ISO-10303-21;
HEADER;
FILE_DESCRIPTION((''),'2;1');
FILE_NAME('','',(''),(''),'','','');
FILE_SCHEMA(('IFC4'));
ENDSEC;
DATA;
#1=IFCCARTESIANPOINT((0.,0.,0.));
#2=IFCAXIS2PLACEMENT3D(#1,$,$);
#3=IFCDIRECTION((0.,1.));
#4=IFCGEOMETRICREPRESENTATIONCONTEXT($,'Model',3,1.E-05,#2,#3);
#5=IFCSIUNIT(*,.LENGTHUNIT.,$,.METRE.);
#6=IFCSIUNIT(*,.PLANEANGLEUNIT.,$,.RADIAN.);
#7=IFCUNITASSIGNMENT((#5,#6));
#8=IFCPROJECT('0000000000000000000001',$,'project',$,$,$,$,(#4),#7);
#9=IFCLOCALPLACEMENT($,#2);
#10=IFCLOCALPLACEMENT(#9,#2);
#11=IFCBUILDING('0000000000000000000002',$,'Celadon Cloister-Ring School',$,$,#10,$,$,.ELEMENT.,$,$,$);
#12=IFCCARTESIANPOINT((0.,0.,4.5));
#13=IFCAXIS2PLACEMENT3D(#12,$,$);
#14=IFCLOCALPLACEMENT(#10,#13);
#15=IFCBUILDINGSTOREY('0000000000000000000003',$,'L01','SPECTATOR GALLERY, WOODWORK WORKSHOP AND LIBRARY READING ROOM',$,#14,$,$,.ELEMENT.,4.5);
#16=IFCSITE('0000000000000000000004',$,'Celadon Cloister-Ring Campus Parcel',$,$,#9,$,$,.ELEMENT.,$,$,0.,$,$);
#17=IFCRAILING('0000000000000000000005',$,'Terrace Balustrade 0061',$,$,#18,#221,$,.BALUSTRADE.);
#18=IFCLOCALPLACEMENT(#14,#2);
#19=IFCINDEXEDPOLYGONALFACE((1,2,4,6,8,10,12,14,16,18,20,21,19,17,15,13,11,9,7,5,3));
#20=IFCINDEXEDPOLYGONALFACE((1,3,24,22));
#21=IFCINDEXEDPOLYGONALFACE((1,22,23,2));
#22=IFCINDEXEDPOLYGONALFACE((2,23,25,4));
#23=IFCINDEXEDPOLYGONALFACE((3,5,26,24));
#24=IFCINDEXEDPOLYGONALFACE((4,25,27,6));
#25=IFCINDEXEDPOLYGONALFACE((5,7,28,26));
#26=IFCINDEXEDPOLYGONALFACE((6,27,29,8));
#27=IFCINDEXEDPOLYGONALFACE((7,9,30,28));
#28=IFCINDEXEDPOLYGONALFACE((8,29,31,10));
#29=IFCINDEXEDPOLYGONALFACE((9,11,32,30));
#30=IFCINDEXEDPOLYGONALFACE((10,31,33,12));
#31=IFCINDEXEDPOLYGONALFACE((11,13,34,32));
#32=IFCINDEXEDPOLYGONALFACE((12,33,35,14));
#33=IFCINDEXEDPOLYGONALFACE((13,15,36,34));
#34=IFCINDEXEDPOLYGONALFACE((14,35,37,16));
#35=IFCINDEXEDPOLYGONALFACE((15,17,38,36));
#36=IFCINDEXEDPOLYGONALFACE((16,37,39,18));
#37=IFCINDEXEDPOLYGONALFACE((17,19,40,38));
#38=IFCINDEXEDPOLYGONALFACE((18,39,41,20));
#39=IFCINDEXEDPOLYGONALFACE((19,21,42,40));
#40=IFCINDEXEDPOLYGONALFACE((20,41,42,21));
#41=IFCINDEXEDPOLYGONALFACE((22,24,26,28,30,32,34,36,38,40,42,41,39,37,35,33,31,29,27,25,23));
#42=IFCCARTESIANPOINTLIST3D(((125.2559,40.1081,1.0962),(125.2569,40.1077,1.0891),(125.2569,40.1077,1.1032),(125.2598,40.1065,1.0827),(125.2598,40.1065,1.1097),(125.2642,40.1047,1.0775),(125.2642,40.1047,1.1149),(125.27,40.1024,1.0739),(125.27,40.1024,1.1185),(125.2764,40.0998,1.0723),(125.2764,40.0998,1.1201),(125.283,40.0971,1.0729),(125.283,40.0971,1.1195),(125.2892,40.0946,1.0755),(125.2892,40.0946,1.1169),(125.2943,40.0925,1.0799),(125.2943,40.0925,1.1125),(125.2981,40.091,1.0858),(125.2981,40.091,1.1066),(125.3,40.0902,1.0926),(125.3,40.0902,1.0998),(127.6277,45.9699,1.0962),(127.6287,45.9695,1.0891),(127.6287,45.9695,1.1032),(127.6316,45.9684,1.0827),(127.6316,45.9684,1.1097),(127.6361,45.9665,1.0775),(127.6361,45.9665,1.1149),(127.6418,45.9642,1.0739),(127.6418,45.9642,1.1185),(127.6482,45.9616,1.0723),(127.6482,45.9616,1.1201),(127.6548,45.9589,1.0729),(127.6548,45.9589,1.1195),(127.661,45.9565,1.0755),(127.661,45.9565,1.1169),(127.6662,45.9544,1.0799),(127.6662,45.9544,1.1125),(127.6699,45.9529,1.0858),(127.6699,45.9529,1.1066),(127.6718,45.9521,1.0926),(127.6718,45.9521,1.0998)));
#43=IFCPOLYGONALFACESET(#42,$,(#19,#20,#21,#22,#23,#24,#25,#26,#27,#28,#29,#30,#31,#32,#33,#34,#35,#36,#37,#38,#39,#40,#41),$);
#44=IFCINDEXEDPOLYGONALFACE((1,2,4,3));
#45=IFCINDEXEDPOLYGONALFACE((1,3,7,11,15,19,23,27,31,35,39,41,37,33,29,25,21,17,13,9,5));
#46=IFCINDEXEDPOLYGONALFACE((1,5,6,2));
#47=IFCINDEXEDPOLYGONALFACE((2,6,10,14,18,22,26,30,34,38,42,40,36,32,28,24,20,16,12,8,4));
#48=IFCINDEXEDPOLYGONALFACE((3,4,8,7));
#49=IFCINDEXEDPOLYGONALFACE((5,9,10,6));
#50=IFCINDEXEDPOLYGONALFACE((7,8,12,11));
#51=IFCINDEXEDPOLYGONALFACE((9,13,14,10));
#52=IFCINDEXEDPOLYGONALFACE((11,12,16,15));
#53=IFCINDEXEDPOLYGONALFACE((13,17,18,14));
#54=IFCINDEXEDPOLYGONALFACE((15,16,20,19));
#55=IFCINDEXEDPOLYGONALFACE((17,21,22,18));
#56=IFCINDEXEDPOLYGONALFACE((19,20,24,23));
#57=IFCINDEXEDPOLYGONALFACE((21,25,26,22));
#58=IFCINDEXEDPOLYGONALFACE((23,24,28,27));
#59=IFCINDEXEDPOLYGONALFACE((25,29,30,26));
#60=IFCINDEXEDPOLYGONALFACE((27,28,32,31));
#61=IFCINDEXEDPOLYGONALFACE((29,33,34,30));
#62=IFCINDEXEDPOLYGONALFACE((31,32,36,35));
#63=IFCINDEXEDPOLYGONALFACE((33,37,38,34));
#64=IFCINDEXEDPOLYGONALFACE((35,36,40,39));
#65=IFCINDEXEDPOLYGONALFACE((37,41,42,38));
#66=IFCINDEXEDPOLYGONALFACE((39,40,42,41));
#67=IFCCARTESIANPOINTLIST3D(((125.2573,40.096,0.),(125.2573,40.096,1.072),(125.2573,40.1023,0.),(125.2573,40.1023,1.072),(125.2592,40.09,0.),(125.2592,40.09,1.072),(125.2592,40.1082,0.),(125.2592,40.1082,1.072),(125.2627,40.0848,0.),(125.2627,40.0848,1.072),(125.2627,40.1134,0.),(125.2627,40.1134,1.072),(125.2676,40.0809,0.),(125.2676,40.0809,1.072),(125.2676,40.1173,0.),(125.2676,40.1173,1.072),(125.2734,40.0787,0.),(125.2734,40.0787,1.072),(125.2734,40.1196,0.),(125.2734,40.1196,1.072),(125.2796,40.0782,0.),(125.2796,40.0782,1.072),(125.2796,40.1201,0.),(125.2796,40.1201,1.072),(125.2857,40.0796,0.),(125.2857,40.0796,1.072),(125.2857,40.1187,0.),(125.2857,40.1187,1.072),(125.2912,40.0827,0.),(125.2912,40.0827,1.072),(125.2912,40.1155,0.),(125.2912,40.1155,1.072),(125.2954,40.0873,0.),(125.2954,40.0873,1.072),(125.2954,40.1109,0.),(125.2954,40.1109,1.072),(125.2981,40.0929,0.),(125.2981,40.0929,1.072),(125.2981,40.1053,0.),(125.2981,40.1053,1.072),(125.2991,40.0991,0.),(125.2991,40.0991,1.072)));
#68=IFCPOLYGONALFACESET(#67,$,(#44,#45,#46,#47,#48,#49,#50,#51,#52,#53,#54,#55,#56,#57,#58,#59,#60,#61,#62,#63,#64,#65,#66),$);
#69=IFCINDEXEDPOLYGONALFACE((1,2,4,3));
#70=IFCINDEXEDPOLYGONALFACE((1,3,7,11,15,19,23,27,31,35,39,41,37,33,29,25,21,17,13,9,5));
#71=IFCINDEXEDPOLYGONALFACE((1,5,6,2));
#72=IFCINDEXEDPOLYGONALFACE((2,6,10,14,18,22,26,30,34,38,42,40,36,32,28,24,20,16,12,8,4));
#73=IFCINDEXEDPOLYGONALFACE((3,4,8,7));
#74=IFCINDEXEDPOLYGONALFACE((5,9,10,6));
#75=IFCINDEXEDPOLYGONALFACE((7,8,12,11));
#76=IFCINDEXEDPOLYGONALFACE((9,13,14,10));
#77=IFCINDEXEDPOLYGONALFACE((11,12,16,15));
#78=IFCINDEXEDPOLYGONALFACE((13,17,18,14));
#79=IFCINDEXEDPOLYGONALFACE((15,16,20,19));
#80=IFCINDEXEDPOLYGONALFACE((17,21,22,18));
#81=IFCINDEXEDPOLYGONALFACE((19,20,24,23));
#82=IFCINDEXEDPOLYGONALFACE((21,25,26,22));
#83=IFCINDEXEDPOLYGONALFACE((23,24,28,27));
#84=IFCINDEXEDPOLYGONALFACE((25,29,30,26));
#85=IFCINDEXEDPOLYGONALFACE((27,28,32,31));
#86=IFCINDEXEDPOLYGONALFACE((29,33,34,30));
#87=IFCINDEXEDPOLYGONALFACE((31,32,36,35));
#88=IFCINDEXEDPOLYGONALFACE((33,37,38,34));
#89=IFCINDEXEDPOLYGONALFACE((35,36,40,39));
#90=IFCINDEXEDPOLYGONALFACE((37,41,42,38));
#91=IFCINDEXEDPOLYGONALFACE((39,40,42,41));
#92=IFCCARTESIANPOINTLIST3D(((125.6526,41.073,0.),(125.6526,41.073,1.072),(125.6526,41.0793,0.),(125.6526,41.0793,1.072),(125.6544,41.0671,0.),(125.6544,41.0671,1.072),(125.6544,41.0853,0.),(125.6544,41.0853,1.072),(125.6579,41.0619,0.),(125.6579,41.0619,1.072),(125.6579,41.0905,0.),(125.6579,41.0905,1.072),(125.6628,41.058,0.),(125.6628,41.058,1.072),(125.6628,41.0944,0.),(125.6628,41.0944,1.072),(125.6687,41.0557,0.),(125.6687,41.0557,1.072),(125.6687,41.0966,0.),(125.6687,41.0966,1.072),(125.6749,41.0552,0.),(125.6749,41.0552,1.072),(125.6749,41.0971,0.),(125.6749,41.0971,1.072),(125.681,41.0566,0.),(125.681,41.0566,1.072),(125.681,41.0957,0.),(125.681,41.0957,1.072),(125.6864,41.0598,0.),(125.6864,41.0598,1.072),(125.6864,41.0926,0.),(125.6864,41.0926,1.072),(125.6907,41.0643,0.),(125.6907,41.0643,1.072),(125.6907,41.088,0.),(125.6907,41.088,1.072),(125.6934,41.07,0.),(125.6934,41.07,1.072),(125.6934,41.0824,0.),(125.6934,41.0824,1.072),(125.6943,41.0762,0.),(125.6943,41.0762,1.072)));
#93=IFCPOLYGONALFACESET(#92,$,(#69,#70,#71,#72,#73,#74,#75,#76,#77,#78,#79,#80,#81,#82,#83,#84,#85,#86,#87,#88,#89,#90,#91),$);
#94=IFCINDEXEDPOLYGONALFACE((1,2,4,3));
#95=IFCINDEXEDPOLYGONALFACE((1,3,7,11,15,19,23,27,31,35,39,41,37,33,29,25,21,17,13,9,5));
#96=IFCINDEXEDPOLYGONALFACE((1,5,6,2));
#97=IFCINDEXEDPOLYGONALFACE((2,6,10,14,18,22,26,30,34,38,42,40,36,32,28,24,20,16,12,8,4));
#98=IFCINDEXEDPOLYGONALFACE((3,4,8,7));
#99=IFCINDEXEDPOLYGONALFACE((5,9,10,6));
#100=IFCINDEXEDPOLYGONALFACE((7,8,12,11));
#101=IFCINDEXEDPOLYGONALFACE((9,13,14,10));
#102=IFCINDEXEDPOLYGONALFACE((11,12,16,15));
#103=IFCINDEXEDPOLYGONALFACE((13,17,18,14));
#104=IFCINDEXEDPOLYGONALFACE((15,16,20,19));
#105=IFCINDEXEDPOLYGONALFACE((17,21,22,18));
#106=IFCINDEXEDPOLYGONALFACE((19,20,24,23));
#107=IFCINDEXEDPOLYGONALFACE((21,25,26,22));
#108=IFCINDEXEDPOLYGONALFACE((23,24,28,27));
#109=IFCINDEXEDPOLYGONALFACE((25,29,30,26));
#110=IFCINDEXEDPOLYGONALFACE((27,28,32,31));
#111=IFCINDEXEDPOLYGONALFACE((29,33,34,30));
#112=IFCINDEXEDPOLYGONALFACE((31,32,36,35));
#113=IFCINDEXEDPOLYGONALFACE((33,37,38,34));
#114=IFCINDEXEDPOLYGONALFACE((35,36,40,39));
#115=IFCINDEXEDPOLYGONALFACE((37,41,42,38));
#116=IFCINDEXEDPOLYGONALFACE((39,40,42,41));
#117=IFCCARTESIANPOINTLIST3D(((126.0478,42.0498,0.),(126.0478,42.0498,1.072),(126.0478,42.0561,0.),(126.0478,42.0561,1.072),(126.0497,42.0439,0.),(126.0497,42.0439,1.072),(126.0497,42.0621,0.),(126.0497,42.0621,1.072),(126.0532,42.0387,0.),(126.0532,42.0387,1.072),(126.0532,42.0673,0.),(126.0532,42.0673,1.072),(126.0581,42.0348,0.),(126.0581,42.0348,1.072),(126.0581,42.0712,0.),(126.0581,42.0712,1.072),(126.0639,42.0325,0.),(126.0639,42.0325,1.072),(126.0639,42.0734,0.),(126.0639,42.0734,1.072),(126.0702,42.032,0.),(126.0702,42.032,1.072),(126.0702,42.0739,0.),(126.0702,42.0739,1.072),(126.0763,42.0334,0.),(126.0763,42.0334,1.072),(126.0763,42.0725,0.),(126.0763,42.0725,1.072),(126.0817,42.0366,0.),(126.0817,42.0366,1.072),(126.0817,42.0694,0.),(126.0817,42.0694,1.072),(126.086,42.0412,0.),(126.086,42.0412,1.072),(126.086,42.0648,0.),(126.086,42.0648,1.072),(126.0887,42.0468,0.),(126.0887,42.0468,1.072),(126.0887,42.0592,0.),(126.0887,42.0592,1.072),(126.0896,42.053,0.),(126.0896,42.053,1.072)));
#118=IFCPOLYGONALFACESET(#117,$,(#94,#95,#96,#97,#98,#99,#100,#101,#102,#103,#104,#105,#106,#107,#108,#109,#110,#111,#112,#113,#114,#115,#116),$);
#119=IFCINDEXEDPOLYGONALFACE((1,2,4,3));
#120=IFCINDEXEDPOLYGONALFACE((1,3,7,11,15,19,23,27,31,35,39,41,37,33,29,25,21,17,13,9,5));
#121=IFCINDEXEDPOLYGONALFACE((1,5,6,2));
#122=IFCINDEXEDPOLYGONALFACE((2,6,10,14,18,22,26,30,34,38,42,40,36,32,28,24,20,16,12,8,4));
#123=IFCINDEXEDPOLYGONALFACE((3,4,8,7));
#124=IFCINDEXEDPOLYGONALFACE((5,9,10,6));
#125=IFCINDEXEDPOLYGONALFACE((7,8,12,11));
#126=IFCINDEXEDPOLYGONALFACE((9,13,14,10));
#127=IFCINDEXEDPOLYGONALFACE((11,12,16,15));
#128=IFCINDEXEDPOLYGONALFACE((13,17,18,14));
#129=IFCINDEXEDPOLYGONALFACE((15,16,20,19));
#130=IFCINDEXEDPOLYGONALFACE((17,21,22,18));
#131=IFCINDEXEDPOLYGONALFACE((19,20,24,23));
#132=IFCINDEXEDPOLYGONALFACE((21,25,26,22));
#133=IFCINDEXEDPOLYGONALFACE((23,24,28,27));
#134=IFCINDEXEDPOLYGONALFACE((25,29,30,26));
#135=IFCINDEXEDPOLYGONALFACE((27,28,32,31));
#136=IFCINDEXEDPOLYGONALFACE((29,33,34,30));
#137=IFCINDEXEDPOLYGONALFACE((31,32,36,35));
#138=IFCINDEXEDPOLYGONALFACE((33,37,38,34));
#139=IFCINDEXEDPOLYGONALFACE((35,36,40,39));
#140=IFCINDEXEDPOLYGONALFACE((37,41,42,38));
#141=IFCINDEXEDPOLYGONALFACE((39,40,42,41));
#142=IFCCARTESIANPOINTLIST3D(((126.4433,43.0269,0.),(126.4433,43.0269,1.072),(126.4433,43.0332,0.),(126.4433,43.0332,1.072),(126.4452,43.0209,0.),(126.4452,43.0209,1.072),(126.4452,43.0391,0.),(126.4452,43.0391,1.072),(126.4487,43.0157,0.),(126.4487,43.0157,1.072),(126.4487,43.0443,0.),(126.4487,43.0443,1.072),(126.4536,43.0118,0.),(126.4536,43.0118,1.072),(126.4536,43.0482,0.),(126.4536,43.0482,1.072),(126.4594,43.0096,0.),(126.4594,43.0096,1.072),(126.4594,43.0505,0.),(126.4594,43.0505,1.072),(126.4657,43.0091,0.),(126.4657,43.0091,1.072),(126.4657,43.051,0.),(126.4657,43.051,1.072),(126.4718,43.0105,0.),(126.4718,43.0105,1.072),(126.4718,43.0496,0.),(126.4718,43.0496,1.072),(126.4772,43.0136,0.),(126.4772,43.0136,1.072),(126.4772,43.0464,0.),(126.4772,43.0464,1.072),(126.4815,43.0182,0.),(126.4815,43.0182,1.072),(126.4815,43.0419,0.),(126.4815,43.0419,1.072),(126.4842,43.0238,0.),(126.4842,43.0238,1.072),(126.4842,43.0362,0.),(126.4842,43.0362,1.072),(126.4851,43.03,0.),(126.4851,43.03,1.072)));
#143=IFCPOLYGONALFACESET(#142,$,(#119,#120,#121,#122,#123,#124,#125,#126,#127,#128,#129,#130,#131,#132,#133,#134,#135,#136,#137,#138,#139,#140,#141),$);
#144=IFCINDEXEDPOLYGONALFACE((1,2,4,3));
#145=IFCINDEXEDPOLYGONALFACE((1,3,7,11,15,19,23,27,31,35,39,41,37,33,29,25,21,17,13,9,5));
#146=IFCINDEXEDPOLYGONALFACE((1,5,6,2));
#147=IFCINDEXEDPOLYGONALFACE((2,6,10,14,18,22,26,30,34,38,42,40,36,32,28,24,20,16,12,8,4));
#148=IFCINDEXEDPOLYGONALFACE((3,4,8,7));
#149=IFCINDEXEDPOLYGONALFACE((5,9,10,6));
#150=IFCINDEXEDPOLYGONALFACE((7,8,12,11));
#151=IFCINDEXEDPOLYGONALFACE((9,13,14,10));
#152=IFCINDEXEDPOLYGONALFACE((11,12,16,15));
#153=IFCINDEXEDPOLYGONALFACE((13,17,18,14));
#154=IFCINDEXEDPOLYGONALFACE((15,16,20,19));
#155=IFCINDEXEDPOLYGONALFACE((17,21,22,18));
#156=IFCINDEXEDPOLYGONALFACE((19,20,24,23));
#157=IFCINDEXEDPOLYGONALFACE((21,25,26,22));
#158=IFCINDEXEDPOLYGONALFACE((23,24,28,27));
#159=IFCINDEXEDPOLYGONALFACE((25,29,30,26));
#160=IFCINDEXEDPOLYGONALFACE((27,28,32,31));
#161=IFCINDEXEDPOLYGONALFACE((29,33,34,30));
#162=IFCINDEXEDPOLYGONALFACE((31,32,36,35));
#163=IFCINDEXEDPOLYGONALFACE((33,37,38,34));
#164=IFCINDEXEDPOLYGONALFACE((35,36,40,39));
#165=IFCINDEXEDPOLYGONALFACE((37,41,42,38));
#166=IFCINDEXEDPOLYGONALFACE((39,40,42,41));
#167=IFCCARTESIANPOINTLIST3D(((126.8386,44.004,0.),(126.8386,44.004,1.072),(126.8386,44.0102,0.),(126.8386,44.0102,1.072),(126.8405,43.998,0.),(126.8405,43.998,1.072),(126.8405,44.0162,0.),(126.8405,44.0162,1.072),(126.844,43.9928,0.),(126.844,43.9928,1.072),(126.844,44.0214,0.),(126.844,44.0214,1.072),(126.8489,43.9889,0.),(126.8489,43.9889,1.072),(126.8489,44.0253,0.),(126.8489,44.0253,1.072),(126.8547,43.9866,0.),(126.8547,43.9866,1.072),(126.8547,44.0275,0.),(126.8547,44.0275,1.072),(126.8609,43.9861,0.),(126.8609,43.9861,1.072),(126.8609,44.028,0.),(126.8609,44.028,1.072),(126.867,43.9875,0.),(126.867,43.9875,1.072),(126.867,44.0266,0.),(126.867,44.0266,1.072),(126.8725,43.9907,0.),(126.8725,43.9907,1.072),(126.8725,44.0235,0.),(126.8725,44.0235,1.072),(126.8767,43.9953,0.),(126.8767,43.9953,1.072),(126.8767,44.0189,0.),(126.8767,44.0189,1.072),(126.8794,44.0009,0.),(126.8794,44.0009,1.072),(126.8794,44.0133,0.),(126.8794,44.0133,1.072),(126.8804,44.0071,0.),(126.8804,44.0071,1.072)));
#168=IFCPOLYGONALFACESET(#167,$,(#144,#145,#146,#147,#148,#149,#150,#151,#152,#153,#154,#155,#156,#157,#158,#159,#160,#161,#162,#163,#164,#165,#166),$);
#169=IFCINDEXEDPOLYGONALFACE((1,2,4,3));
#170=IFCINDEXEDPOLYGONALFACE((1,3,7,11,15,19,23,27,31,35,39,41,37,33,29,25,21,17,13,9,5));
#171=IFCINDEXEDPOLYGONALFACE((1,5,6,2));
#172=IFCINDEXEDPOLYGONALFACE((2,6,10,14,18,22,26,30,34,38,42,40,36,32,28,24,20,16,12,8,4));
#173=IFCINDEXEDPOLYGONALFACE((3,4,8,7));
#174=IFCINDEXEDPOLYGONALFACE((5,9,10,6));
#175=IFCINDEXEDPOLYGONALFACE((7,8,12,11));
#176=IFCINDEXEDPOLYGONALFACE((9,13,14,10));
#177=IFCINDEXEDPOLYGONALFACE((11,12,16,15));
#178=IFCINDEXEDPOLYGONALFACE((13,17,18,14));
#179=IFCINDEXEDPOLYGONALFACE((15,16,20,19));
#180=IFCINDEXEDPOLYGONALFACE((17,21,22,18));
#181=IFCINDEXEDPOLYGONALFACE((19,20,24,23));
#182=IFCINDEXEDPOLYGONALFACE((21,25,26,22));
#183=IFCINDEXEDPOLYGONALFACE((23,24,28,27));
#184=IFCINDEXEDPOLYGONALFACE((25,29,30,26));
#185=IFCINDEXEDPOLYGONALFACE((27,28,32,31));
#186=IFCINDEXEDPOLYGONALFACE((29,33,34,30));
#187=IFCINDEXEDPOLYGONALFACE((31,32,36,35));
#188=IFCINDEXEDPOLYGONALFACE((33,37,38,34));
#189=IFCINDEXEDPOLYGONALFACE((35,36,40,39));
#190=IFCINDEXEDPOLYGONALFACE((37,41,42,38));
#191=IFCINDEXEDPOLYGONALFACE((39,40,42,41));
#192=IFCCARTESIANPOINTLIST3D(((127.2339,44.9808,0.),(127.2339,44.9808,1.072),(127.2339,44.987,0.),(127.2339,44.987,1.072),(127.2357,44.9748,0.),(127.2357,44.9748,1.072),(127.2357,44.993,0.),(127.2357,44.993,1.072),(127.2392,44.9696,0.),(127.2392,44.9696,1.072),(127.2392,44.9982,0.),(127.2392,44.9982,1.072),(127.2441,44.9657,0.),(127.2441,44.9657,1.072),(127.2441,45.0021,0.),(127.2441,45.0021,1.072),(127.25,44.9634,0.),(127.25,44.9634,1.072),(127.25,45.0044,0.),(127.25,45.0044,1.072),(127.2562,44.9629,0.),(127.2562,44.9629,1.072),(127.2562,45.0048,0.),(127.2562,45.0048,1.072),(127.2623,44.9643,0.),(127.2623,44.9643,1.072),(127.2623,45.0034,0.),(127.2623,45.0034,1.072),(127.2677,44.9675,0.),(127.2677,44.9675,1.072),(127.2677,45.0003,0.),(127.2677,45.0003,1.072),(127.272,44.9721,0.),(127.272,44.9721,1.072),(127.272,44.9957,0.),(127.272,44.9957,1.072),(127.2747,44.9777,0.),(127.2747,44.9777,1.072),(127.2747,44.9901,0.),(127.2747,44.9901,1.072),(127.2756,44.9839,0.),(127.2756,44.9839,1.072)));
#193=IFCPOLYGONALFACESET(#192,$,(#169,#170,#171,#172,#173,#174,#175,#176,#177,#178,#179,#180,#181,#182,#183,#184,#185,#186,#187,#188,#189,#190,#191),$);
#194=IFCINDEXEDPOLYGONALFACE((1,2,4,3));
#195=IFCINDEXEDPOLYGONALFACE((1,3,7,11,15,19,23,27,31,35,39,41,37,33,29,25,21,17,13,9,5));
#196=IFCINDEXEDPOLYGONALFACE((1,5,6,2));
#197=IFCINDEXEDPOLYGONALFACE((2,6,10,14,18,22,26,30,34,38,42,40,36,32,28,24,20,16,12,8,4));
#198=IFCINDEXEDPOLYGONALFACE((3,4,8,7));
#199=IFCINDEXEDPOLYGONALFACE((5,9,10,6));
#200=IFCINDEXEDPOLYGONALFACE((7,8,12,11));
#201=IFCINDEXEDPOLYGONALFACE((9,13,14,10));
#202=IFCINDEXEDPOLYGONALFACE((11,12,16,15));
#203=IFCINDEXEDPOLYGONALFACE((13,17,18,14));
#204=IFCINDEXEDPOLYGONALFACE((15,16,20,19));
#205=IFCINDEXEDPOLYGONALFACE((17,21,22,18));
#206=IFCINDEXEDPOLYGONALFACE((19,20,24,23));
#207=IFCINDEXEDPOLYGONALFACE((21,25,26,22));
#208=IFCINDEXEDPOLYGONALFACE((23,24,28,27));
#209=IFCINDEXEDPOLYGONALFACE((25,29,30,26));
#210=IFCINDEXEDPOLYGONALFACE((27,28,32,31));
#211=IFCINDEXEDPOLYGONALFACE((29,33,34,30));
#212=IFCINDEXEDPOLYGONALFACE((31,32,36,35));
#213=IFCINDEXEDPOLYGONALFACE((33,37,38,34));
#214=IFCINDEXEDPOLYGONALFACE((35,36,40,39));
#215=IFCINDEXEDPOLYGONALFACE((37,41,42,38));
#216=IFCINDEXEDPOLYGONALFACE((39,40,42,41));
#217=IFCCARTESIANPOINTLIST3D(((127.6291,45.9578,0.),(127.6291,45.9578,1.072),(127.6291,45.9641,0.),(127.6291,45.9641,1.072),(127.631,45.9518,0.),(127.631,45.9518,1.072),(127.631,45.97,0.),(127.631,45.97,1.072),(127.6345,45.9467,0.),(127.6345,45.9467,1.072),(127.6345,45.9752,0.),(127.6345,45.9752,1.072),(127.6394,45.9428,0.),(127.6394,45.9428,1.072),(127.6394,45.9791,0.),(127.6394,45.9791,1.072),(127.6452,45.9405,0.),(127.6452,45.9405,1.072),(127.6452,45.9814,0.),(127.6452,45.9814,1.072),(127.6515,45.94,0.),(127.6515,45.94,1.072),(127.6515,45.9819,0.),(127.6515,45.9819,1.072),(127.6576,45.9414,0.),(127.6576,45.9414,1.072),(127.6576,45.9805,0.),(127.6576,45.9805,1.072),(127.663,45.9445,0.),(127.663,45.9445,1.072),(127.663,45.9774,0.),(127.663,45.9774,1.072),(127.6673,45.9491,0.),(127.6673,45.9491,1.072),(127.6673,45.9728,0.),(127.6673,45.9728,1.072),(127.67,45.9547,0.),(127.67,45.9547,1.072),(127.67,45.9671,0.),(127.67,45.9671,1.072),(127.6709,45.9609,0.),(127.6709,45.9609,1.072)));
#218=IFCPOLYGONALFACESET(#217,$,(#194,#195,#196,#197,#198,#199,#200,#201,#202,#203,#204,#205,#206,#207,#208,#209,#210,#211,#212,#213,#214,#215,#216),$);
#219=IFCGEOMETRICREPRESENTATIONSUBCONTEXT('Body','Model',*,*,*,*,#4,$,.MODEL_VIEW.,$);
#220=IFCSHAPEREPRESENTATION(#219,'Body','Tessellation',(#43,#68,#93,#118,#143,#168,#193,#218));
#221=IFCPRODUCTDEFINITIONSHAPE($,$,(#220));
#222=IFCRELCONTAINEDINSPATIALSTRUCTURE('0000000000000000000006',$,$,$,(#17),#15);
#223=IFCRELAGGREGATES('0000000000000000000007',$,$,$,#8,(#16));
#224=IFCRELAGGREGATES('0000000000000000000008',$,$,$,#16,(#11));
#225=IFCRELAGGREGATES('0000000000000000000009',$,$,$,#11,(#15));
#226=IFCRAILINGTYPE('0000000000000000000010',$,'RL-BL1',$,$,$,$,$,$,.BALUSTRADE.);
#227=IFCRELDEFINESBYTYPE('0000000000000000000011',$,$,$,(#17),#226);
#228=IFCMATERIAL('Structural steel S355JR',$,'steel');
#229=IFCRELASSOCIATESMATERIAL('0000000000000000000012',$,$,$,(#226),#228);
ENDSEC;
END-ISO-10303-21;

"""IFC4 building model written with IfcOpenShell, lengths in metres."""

from ifc_helpers import new_model, si_unit, direction, frame, origin, origin_2d, place, context, subcontext, project, spatial, circle, extrude, material, type_object, element, save


model = new_model("IFC4")

# Units and contexts
model_context = context("Model", 3, precision=1e-05, world=origin(), true_north=direction((0.0, 1.0)))
body_context = subcontext(model_context, "Body", "Model", "MODEL_VIEW")
ifc_project = project(units=[si_unit("LENGTHUNIT", "METRE"), si_unit("PLANEANGLEUNIT", "RADIAN")], contexts=[model_context])

# Site, building, storey
site_placement = place(None, origin())
site = spatial("IfcSite", under=ifc_project, at=site_placement, Name="Celadon Cloister-Ring Campus Parcel", CompositionType="ELEMENT", RefElevation=0.0)
building_placement = place(site_placement, origin())
building = spatial("IfcBuilding", under=site, at=building_placement, Name="Celadon Cloister-Ring School", CompositionType="ELEMENT")
storey_placement = place(building_placement, frame((0.0, 0.0, 4.5)))
storey = spatial("IfcBuildingStorey", under=building, at=storey_placement, Name="L01", Description="SPECTATOR GALLERY, WOODWORK WORKSHOP AND LIBRARY READING ROOM", CompositionType="ELEMENT", Elevation=4.5)

# Railing
ifc_material_1 = material(Name="Structural steel S355JR", Category="steel")
railing_type = type_object("IfcRailingType", Name="RL-BL1", PredefinedType="BALUSTRADE", material=ifc_material_1)
railing_placement = place(storey_placement, frame((125.2781, 40.0991, 0.0)))
element("IfcRailing", 1, at=railing_placement, inside=storey, type_object=railing_type, Name="Terrace Balustrade 0061", PredefinedType="BALUSTRADE", context=body_context, shape_type="SweptSolid", body=[
    extrude(circle(Radius=0.0239, at=origin_2d()), frame((0.0, 0.0, 1.0962), z_axis=(0.375082, 0.926992, 0.0), x_axis=(-0.926992, 0.375082, 0.0)), (0.0, 0.0, 1.0), 6.3235),
    extrude(circle(Radius=0.021, at=origin_2d()), origin(), (0.0, 0.0, 1.0), 1.072),
    extrude(circle(Radius=0.021, at=origin_2d()), frame((0.3953, 0.9771, 0.0)), (0.0, 0.0, 1.0), 1.072),
    extrude(circle(Radius=0.021, at=origin_2d()), frame((0.7905, 1.9539, 0.0)), (0.0, 0.0, 1.0), 1.072),
    extrude(circle(Radius=0.021, at=origin_2d()), frame((1.186, 2.9309, 0.0)), (0.0, 0.0, 1.0), 1.072),
    extrude(circle(Radius=0.021, at=origin_2d()), frame((1.5813, 3.908, 0.0)), (0.0, 0.0, 1.0), 1.072),
    extrude(circle(Radius=0.021, at=origin_2d()), frame((1.9766, 4.8848, 0.0)), (0.0, 0.0, 1.0), 1.072),
    extrude(circle(Radius=0.021, at=origin_2d()), frame((2.3718, 5.8618, 0.0)), (0.0, 0.0, 1.0), 1.072),
])

save(model, "model.ifc")
